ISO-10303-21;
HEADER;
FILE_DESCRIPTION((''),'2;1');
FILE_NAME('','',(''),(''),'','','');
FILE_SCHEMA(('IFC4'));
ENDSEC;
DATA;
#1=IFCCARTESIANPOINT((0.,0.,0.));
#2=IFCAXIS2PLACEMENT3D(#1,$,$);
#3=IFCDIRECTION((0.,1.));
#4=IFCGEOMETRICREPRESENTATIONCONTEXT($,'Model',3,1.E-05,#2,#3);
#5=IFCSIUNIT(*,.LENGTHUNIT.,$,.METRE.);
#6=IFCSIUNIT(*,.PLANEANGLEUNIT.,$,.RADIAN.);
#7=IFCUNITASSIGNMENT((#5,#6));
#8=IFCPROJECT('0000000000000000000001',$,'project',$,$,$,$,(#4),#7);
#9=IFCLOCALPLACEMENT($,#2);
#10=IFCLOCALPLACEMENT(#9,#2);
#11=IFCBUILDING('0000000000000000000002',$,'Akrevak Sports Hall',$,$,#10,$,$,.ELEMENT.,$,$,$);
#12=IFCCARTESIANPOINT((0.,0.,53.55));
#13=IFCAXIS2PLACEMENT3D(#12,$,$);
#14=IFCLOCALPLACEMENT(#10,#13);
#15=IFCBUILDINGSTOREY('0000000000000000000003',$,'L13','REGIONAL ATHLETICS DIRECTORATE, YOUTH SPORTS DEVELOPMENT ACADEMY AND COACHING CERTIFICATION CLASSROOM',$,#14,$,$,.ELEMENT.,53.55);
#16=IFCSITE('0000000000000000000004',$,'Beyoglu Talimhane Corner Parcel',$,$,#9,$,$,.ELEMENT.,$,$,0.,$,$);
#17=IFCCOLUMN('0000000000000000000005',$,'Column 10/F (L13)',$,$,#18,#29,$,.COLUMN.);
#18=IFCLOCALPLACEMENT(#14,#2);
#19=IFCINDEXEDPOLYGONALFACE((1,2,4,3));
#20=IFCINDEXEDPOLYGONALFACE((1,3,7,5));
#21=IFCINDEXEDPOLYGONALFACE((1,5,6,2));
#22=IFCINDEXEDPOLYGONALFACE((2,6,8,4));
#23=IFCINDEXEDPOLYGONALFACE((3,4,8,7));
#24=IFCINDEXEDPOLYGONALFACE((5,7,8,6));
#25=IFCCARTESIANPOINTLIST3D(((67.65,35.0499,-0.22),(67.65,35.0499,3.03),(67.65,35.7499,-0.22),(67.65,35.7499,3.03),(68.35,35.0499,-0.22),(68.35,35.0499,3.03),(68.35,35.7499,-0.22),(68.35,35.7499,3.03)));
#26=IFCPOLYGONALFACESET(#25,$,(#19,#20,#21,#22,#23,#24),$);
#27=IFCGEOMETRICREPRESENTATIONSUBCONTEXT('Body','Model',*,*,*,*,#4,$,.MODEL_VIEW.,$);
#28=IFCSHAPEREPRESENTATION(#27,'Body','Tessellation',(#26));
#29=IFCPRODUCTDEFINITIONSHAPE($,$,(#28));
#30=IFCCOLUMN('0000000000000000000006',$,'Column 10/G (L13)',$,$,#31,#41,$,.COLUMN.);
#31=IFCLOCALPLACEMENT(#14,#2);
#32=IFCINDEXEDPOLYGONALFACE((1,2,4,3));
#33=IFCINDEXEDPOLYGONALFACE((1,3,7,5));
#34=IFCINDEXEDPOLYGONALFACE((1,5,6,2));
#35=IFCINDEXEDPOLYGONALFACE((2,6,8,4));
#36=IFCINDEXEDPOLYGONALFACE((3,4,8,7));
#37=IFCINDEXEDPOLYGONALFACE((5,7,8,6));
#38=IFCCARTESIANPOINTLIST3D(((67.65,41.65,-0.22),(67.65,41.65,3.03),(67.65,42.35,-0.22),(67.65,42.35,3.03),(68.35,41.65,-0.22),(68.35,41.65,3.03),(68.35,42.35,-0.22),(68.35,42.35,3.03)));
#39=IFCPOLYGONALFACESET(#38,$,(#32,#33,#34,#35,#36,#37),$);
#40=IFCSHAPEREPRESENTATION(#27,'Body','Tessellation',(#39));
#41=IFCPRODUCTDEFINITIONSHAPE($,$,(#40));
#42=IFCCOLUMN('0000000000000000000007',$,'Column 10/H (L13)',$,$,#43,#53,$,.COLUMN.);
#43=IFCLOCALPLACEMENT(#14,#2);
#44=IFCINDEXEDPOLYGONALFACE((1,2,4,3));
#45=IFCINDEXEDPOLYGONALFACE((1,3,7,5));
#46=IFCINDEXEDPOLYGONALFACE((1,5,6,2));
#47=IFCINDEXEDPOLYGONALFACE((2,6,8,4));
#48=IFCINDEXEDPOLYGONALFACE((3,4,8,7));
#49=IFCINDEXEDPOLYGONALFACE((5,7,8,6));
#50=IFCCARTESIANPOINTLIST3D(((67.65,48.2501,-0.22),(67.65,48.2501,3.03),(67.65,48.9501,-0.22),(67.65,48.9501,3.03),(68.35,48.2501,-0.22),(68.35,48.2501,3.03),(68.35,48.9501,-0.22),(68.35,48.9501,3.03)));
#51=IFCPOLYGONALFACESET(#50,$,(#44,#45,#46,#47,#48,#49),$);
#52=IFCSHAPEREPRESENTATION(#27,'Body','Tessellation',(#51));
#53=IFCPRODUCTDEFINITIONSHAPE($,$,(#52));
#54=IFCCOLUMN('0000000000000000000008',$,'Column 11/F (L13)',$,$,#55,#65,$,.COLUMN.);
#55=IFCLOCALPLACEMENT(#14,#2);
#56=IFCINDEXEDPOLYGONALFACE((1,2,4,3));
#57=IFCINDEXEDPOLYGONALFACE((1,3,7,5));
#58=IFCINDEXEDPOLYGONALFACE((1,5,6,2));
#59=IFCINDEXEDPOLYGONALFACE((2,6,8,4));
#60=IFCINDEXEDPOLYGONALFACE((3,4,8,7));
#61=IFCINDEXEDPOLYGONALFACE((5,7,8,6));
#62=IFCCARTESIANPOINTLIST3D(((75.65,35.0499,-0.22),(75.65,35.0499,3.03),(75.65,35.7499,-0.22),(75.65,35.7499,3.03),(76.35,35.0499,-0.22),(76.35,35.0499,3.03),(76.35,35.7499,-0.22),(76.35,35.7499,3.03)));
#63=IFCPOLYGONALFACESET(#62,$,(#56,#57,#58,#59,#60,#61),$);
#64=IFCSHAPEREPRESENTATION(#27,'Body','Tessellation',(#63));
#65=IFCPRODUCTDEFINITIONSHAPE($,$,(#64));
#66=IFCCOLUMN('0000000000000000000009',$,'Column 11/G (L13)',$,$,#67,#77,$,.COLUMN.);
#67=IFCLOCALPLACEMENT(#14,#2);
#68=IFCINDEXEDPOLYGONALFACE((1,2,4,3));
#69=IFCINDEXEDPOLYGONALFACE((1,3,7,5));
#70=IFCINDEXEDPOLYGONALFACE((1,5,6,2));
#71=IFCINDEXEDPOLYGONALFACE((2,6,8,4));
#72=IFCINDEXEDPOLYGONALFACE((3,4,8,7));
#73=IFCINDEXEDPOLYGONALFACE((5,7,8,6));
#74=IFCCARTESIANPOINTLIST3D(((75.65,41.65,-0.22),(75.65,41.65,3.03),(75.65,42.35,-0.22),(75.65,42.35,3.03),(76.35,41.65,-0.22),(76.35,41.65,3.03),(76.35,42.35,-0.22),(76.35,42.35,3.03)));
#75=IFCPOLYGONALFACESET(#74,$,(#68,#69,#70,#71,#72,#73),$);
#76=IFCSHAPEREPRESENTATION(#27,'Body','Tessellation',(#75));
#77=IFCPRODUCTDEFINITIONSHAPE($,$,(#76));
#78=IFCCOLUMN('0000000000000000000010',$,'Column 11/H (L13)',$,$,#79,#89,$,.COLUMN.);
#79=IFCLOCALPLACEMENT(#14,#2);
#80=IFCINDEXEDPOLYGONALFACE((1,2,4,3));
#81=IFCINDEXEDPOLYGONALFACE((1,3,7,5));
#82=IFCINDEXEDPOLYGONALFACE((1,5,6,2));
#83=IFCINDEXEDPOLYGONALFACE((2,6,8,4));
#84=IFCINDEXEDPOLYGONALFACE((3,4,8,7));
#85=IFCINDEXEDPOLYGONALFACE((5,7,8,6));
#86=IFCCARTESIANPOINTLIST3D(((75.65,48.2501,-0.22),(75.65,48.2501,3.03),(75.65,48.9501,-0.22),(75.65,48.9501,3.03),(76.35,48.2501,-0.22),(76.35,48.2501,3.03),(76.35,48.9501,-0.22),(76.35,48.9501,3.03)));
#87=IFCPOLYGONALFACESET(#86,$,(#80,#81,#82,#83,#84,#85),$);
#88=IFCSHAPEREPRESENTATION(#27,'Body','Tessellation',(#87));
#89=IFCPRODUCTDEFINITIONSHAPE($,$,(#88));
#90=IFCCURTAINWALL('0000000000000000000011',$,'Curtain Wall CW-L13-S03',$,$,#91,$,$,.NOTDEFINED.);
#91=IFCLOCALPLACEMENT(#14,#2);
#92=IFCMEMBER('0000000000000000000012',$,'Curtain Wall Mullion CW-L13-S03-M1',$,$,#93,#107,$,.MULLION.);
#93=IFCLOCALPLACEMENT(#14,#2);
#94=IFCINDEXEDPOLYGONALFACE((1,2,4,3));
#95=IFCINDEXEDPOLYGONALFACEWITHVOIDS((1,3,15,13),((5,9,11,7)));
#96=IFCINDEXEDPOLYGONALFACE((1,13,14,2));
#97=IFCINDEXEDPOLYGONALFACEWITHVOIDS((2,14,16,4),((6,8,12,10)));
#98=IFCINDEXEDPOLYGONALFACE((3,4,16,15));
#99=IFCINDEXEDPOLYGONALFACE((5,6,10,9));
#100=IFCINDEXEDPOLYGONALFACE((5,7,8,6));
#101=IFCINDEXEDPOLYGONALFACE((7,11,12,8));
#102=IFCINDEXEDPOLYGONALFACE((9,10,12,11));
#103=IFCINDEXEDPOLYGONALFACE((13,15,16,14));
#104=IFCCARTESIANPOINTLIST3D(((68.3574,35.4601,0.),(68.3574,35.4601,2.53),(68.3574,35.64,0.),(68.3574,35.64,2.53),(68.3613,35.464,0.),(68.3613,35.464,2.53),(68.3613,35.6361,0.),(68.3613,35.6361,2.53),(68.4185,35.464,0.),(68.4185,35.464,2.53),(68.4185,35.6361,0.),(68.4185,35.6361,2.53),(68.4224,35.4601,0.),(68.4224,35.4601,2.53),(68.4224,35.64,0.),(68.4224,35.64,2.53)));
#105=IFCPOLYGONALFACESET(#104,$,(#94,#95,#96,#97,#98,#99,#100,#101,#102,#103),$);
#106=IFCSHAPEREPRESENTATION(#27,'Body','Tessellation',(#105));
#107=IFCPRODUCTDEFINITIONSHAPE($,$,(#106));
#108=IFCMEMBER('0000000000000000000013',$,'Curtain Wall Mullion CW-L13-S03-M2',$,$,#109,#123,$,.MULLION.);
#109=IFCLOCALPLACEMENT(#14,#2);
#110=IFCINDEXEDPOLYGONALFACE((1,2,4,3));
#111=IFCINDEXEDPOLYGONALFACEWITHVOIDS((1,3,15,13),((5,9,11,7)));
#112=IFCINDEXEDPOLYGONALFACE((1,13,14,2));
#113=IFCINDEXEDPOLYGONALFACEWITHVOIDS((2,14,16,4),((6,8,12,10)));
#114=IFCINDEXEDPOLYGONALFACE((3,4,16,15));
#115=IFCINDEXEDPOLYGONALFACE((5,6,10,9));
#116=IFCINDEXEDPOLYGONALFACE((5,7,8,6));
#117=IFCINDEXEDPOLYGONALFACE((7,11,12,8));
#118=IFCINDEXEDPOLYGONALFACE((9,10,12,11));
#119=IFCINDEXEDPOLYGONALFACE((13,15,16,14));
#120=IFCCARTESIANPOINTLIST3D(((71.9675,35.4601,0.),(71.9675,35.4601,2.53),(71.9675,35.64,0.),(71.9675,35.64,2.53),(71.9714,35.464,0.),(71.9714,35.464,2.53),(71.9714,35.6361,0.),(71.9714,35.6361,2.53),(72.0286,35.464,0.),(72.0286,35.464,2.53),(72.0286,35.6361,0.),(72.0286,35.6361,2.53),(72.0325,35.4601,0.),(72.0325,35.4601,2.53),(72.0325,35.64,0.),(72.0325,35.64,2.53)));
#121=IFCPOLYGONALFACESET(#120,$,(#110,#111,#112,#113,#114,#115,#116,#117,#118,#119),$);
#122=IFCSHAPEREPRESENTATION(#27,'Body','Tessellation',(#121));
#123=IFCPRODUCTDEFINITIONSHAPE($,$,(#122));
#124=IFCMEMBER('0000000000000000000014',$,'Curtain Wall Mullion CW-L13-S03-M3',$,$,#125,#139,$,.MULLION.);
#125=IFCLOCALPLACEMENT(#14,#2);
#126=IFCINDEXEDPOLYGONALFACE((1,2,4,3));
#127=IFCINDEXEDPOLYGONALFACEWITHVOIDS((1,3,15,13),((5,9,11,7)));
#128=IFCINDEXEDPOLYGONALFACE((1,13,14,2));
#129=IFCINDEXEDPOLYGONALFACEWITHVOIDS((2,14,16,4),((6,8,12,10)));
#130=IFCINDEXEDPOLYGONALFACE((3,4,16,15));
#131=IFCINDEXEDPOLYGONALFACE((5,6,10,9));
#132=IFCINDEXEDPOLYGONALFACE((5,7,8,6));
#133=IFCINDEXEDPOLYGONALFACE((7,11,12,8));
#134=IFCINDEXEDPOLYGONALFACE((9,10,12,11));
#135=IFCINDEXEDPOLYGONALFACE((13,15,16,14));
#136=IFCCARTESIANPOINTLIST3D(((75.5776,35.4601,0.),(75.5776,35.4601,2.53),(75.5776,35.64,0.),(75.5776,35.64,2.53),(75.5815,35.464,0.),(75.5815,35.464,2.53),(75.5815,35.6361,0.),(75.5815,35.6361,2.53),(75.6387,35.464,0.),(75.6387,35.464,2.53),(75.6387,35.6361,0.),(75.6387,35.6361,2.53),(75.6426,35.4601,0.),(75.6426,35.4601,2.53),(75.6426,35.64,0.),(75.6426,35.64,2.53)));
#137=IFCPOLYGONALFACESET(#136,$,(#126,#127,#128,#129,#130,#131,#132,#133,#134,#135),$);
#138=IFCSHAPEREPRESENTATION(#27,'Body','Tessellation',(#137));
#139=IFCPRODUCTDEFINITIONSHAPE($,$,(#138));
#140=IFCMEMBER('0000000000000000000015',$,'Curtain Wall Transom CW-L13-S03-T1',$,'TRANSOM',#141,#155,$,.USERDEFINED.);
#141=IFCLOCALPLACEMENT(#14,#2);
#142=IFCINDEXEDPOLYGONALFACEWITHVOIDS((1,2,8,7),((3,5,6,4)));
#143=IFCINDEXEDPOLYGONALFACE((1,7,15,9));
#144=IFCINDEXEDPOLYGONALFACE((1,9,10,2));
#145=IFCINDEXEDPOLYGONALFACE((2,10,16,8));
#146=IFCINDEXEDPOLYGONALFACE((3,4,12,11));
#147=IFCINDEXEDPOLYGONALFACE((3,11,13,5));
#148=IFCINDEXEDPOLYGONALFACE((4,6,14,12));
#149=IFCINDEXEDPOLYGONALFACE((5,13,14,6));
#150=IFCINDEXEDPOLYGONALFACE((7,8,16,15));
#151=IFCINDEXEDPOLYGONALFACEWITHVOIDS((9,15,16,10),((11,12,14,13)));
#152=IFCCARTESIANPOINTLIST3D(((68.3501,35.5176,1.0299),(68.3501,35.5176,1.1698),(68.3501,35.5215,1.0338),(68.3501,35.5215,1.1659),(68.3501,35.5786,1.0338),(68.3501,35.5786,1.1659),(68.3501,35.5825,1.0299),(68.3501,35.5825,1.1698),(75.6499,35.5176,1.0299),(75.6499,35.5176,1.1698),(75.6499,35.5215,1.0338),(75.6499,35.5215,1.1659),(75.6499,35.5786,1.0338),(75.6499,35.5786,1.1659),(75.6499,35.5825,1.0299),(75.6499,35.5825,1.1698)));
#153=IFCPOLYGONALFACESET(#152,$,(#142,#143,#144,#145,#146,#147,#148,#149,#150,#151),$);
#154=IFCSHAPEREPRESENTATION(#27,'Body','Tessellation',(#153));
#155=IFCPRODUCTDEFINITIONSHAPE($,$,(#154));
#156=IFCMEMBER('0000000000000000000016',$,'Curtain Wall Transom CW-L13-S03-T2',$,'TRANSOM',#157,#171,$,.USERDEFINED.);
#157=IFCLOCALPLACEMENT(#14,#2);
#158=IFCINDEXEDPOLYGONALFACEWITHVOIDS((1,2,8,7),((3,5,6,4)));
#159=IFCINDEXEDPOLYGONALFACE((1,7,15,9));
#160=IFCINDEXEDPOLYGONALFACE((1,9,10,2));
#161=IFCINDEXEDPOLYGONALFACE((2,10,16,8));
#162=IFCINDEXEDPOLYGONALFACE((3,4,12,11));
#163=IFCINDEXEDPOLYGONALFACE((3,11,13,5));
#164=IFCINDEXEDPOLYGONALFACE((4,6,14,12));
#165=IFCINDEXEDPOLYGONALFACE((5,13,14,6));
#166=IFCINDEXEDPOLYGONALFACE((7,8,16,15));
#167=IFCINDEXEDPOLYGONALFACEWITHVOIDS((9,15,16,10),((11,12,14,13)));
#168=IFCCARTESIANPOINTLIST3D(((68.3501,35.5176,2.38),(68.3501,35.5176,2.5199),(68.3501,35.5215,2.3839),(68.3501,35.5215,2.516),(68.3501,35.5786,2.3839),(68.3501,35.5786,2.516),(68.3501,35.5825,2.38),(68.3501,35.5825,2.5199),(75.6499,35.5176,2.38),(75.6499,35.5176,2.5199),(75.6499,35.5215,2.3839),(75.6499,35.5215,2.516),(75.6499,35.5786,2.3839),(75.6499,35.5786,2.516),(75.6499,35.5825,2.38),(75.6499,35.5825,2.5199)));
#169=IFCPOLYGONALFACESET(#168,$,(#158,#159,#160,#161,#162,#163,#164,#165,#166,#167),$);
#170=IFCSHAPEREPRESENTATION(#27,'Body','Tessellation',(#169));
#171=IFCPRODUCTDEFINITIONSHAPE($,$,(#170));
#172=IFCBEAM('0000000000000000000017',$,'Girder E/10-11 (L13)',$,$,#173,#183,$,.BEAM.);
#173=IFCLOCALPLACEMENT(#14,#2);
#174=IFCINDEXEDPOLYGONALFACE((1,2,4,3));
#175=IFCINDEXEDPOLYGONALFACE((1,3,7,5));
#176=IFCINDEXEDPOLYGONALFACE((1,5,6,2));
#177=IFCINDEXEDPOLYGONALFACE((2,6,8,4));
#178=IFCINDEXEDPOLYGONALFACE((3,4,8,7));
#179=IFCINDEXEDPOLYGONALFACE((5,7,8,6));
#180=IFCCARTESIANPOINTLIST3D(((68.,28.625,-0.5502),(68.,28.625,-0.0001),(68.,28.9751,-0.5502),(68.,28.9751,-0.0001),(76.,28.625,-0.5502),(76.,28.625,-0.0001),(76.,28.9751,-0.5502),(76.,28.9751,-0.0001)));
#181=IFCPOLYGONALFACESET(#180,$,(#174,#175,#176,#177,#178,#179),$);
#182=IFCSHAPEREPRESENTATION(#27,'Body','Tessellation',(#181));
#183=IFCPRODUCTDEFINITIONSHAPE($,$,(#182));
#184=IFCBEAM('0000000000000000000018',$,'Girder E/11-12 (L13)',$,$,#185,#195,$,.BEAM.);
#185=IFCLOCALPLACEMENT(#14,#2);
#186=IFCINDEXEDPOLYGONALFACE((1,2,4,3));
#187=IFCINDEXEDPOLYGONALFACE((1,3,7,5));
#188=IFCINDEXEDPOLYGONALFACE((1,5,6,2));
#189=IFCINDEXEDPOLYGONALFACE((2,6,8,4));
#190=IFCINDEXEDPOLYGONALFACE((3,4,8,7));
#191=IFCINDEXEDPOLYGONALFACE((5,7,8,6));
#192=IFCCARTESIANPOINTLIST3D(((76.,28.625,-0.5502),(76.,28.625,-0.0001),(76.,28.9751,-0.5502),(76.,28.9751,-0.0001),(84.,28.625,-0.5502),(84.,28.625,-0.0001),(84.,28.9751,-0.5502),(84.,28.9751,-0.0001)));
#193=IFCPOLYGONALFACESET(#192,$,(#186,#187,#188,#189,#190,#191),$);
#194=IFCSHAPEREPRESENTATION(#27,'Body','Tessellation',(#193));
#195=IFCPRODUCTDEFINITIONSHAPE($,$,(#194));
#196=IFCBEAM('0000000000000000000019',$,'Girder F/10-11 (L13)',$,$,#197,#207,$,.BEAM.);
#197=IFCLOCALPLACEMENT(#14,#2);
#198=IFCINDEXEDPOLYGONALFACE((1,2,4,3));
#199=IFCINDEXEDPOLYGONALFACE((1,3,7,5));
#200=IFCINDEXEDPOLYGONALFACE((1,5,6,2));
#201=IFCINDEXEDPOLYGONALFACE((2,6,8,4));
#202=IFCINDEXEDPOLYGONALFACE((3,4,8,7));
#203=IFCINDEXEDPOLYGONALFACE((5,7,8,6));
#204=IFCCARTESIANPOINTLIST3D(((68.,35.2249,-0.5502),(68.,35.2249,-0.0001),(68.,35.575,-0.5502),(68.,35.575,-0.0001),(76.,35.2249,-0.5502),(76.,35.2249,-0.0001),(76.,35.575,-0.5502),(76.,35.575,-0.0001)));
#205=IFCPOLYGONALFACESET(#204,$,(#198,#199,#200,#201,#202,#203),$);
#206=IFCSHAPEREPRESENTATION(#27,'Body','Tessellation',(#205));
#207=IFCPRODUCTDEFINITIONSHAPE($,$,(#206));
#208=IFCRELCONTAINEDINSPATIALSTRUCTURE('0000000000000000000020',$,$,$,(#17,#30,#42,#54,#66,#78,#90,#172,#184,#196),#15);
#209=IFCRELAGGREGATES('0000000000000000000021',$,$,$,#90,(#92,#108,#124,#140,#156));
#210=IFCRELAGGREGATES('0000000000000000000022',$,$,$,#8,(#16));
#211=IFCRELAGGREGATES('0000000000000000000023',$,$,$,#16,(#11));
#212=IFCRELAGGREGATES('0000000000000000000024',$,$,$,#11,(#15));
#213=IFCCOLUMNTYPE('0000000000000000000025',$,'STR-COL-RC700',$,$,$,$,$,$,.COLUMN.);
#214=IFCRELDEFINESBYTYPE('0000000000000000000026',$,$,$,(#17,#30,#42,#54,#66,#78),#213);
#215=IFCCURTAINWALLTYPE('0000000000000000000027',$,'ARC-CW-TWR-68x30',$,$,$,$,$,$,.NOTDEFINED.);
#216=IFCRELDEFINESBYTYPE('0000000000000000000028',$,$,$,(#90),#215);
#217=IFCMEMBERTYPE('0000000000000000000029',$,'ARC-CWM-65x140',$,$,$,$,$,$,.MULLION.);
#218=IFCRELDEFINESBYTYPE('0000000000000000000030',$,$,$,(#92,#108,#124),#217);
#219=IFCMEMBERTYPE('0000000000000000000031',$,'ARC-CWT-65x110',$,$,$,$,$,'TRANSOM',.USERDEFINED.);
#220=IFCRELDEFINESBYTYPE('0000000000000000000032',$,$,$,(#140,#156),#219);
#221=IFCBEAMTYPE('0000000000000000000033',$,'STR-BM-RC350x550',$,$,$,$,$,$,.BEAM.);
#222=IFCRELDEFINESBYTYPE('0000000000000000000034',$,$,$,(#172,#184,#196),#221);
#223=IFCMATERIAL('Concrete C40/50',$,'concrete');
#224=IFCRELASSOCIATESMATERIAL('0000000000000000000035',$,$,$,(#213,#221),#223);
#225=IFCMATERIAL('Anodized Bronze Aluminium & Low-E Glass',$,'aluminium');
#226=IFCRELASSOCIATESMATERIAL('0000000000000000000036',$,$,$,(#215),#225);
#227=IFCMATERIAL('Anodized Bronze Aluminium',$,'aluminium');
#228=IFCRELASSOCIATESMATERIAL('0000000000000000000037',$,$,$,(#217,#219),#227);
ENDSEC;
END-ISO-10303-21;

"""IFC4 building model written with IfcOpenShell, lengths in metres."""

from ifc_helpers import new_model, si_unit, direction, frame, origin, origin_2d, place, context, subcontext, project, spatial, rectangle, hollow_rectangle, extrude, material, material_profile, profile_set, type_object, element, aggregate, save


model = new_model("IFC4")

# Units and contexts
model_context = context("Model", 3, precision=1e-05, world=origin(), true_north=direction((0.0, 1.0)))
body_context = subcontext(model_context, "Body", "Model", "MODEL_VIEW")
ifc_project = project(units=[si_unit("LENGTHUNIT", "METRE"), si_unit("PLANEANGLEUNIT", "RADIAN")], contexts=[model_context])

# Site, building, storey
site_placement = place(None, origin())
site = spatial("IfcSite", under=ifc_project, at=site_placement, Name="Beyoglu Talimhane Corner Parcel", CompositionType="ELEMENT", RefElevation=0.0)
building_placement = place(site_placement, origin())
building = spatial("IfcBuilding", under=site, at=building_placement, Name="Akrevak Sports Hall", CompositionType="ELEMENT")
storey_placement = place(building_placement, frame((0.0, 0.0, 53.55)))
storey = spatial("IfcBuildingStorey", under=building, at=storey_placement, Name="L13", Description="REGIONAL ATHLETICS DIRECTORATE, YOUTH SPORTS DEVELOPMENT ACADEMY AND COACHING CERTIFICATION CLASSROOM", CompositionType="ELEMENT", Elevation=53.55)

# Columns
ifc_material_1 = material(Name="Concrete C40/50", Category="concrete")
ifc_material_profile_1 = material_profile(ifc_material_1, rectangle(XDim=0.7, YDim=0.7, at=origin_2d()), Name="RC 700x700", Category="concrete")
ifc_profile_set_1 = profile_set([ifc_material_profile_1], Name="Concrete C40/50")
column_type = type_object("IfcColumnType", Name="STR-COL-RC700", PredefinedType="COLUMN", material=ifc_profile_set_1)
for number, where, z_axis, x_axis, name in (
    (1, (68.0, 35.3999, -0.22), (0.0, 0.0, 1.0), (1.0, 0.0, 0.0), "Column 10/F (L13)"),
    (2, (68.0, 42.0, -0.22), (0.0, 0.0, 1.0), (1.0, 0.0, 0.0), "Column 10/G (L13)"),
    (3, (68.0, 48.6001, -0.22), (0.0, 0.0, 1.0), (1.0, 0.0, 0.0), "Column 10/H (L13)"),
    (4, (76.0, 35.3999, -0.22), (0.0, 0.0, 1.0), (1.0, 0.0, 0.0), "Column 11/F (L13)"),
    (5, (76.0, 42.0, -0.22), (0.0, 0.0, 1.0), (1.0, 0.0, 0.0), "Column 11/G (L13)"),
    (6, (76.0, 48.6001, -0.22), (0.0, 0.0, 1.0), (1.0, 0.0, 0.0), "Column 11/H (L13)"),
):
    element("IfcColumn", number, at=place(storey_placement, frame(where, z_axis=z_axis, x_axis=x_axis)), inside=storey, type_object=column_type, Name=name, PredefinedType="COLUMN", context=body_context, shape_type="SweptSolid", body=[
        extrude(rectangle(XDim=0.7, YDim=0.7, at=origin_2d()), origin(), (0.0, 0.0, 1.0), 3.25),
    ])

# Curtain wall, members
ifc_material_2 = material(Name="Anodized Bronze Aluminium & Low-E Glass", Category="aluminium")
curtain_wall_type = type_object("IfcCurtainWallType", Name="ARC-CW-TWR-68x30", PredefinedType="NOTDEFINED", material=ifc_material_2)
curtain_wall_placement = place(storey_placement, origin())
curtain_wall = element("IfcCurtainWall", 7, at=curtain_wall_placement, inside=storey, type_object=curtain_wall_type, Name="Curtain Wall CW-L13-S03", PredefinedType="NOTDEFINED")
ifc_material_3 = material(Name="Anodized Bronze Aluminium", Category="aluminium")
ifc_material_profile_2 = material_profile(ifc_material_3, hollow_rectangle(XDim=0.0649, YDim=0.1799, WallThickness=0.0039, at=origin_2d()), Name="CWM 65x180", Category="aluminium")
ifc_profile_set_2 = profile_set([ifc_material_profile_2], Name="Anodized Bronze Aluminium")
member_type_1 = type_object("IfcMemberType", Name="ARC-CWM-65x140", PredefinedType="MULLION", material=ifc_profile_set_2)
member_1_placement = place(storey_placement, frame((68.3899, 35.55, 0.0), z_axis=(0.0, 0.0, 1.0), x_axis=(1.0, 0.0, 0.0)))
member_1 = element("IfcMember", 8, at=member_1_placement, type_object=member_type_1, Name="Curtain Wall Mullion CW-L13-S03-M1", PredefinedType="MULLION", context=body_context, shape_type="SweptSolid", body=[
    extrude(hollow_rectangle(XDim=0.0649, YDim=0.1799, WallThickness=0.0039, at=origin_2d()), origin(), (0.0, 0.0, 1.0), 2.53),
])
member_2_placement = place(storey_placement, frame((72.0, 35.55, 0.0), z_axis=(0.0, 0.0, 1.0), x_axis=(1.0, 0.0, 0.0)))
member_2 = element("IfcMember", 9, at=member_2_placement, type_object=member_type_1, Name="Curtain Wall Mullion CW-L13-S03-M2", PredefinedType="MULLION", context=body_context, shape_type="SweptSolid", body=[
    extrude(hollow_rectangle(XDim=0.0649, YDim=0.1799, WallThickness=0.0039, at=origin_2d()), origin(), (0.0, 0.0, 1.0), 2.53),
])
member_3_placement = place(storey_placement, frame((75.6101, 35.55, 0.0), z_axis=(0.0, 0.0, 1.0), x_axis=(1.0, 0.0, 0.0)))
member_3 = element("IfcMember", 10, at=member_3_placement, type_object=member_type_1, Name="Curtain Wall Mullion CW-L13-S03-M3", PredefinedType="MULLION", context=body_context, shape_type="SweptSolid", body=[
    extrude(hollow_rectangle(XDim=0.0649, YDim=0.1799, WallThickness=0.0039, at=origin_2d()), origin(), (0.0, 0.0, 1.0), 2.53),
])
ifc_material_profile_3 = material_profile(ifc_material_3, hollow_rectangle(XDim=0.0649, YDim=0.1399, WallThickness=0.0039, at=origin_2d()), Name="CWT 65x140", Category="aluminium")
ifc_profile_set_3 = profile_set([ifc_material_profile_3], Name="Anodized Bronze Aluminium")
member_type_2 = type_object("IfcMemberType", Name="ARC-CWT-65x110", ElementType="TRANSOM", PredefinedType="USERDEFINED", material=ifc_profile_set_3)
member_4_placement = place(storey_placement, frame((68.3501, 35.55, 1.0999), z_axis=(1.0, 0.0, 0.0), x_axis=(0.0, 1.0, 0.0)))
member_4 = element("IfcMember", 11, at=member_4_placement, type_object=member_type_2, Name="Curtain Wall Transom CW-L13-S03-T1", ObjectType="TRANSOM", PredefinedType="USERDEFINED", context=body_context, shape_type="SweptSolid", body=[
    extrude(hollow_rectangle(XDim=0.0649, YDim=0.1399, WallThickness=0.0039, at=origin_2d()), origin(), (0.0, 0.0, 1.0), 7.2998),
])
member_5_placement = place(storey_placement, frame((68.3501, 35.55, 2.45), z_axis=(1.0, 0.0, 0.0), x_axis=(0.0, 1.0, 0.0)))
member_5 = element("IfcMember", 12, at=member_5_placement, type_object=member_type_2, Name="Curtain Wall Transom CW-L13-S03-T2", ObjectType="TRANSOM", PredefinedType="USERDEFINED", context=body_context, shape_type="SweptSolid", body=[
    extrude(hollow_rectangle(XDim=0.0649, YDim=0.1399, WallThickness=0.0039, at=origin_2d()), origin(), (0.0, 0.0, 1.0), 7.2998),
])

# Beams
ifc_material_profile_4 = material_profile(ifc_material_1, rectangle(XDim=0.3501, YDim=0.55, at=origin_2d()), Name="BM 350x550", Category="concrete")
ifc_profile_set_4 = profile_set([ifc_material_profile_4], Name="Concrete C40/50")
beam_type = type_object("IfcBeamType", Name="STR-BM-RC350x550", PredefinedType="BEAM", material=ifc_profile_set_4)
for number, where, z_axis, x_axis, name in (
    (13, (68.0, 28.8, -0.2751), (1.0, 0.0, 0.0), (0.0, 1.0, 0.0), "Girder E/10-11 (L13)"),
    (14, (76.0, 28.8, -0.2751), (1.0, 0.0, 0.0), (0.0, 1.0, 0.0), "Girder E/11-12 (L13)"),
    (15, (68.0, 35.3999, -0.2751), (1.0, 0.0, 0.0), (0.0, 1.0, 0.0), "Girder F/10-11 (L13)"),
):
    element("IfcBeam", number, at=place(storey_placement, frame(where, z_axis=z_axis, x_axis=x_axis)), inside=storey, type_object=beam_type, Name=name, PredefinedType="BEAM", context=body_context, shape_type="SweptSolid", body=[
        extrude(rectangle(XDim=0.3501, YDim=0.55, at=origin_2d()), origin(), (0.0, 0.0, 1.0), 8.0),
    ])

aggregate(curtain_wall, [member_1, member_2, member_3, member_4, member_5])

save(model, "model.ifc")
